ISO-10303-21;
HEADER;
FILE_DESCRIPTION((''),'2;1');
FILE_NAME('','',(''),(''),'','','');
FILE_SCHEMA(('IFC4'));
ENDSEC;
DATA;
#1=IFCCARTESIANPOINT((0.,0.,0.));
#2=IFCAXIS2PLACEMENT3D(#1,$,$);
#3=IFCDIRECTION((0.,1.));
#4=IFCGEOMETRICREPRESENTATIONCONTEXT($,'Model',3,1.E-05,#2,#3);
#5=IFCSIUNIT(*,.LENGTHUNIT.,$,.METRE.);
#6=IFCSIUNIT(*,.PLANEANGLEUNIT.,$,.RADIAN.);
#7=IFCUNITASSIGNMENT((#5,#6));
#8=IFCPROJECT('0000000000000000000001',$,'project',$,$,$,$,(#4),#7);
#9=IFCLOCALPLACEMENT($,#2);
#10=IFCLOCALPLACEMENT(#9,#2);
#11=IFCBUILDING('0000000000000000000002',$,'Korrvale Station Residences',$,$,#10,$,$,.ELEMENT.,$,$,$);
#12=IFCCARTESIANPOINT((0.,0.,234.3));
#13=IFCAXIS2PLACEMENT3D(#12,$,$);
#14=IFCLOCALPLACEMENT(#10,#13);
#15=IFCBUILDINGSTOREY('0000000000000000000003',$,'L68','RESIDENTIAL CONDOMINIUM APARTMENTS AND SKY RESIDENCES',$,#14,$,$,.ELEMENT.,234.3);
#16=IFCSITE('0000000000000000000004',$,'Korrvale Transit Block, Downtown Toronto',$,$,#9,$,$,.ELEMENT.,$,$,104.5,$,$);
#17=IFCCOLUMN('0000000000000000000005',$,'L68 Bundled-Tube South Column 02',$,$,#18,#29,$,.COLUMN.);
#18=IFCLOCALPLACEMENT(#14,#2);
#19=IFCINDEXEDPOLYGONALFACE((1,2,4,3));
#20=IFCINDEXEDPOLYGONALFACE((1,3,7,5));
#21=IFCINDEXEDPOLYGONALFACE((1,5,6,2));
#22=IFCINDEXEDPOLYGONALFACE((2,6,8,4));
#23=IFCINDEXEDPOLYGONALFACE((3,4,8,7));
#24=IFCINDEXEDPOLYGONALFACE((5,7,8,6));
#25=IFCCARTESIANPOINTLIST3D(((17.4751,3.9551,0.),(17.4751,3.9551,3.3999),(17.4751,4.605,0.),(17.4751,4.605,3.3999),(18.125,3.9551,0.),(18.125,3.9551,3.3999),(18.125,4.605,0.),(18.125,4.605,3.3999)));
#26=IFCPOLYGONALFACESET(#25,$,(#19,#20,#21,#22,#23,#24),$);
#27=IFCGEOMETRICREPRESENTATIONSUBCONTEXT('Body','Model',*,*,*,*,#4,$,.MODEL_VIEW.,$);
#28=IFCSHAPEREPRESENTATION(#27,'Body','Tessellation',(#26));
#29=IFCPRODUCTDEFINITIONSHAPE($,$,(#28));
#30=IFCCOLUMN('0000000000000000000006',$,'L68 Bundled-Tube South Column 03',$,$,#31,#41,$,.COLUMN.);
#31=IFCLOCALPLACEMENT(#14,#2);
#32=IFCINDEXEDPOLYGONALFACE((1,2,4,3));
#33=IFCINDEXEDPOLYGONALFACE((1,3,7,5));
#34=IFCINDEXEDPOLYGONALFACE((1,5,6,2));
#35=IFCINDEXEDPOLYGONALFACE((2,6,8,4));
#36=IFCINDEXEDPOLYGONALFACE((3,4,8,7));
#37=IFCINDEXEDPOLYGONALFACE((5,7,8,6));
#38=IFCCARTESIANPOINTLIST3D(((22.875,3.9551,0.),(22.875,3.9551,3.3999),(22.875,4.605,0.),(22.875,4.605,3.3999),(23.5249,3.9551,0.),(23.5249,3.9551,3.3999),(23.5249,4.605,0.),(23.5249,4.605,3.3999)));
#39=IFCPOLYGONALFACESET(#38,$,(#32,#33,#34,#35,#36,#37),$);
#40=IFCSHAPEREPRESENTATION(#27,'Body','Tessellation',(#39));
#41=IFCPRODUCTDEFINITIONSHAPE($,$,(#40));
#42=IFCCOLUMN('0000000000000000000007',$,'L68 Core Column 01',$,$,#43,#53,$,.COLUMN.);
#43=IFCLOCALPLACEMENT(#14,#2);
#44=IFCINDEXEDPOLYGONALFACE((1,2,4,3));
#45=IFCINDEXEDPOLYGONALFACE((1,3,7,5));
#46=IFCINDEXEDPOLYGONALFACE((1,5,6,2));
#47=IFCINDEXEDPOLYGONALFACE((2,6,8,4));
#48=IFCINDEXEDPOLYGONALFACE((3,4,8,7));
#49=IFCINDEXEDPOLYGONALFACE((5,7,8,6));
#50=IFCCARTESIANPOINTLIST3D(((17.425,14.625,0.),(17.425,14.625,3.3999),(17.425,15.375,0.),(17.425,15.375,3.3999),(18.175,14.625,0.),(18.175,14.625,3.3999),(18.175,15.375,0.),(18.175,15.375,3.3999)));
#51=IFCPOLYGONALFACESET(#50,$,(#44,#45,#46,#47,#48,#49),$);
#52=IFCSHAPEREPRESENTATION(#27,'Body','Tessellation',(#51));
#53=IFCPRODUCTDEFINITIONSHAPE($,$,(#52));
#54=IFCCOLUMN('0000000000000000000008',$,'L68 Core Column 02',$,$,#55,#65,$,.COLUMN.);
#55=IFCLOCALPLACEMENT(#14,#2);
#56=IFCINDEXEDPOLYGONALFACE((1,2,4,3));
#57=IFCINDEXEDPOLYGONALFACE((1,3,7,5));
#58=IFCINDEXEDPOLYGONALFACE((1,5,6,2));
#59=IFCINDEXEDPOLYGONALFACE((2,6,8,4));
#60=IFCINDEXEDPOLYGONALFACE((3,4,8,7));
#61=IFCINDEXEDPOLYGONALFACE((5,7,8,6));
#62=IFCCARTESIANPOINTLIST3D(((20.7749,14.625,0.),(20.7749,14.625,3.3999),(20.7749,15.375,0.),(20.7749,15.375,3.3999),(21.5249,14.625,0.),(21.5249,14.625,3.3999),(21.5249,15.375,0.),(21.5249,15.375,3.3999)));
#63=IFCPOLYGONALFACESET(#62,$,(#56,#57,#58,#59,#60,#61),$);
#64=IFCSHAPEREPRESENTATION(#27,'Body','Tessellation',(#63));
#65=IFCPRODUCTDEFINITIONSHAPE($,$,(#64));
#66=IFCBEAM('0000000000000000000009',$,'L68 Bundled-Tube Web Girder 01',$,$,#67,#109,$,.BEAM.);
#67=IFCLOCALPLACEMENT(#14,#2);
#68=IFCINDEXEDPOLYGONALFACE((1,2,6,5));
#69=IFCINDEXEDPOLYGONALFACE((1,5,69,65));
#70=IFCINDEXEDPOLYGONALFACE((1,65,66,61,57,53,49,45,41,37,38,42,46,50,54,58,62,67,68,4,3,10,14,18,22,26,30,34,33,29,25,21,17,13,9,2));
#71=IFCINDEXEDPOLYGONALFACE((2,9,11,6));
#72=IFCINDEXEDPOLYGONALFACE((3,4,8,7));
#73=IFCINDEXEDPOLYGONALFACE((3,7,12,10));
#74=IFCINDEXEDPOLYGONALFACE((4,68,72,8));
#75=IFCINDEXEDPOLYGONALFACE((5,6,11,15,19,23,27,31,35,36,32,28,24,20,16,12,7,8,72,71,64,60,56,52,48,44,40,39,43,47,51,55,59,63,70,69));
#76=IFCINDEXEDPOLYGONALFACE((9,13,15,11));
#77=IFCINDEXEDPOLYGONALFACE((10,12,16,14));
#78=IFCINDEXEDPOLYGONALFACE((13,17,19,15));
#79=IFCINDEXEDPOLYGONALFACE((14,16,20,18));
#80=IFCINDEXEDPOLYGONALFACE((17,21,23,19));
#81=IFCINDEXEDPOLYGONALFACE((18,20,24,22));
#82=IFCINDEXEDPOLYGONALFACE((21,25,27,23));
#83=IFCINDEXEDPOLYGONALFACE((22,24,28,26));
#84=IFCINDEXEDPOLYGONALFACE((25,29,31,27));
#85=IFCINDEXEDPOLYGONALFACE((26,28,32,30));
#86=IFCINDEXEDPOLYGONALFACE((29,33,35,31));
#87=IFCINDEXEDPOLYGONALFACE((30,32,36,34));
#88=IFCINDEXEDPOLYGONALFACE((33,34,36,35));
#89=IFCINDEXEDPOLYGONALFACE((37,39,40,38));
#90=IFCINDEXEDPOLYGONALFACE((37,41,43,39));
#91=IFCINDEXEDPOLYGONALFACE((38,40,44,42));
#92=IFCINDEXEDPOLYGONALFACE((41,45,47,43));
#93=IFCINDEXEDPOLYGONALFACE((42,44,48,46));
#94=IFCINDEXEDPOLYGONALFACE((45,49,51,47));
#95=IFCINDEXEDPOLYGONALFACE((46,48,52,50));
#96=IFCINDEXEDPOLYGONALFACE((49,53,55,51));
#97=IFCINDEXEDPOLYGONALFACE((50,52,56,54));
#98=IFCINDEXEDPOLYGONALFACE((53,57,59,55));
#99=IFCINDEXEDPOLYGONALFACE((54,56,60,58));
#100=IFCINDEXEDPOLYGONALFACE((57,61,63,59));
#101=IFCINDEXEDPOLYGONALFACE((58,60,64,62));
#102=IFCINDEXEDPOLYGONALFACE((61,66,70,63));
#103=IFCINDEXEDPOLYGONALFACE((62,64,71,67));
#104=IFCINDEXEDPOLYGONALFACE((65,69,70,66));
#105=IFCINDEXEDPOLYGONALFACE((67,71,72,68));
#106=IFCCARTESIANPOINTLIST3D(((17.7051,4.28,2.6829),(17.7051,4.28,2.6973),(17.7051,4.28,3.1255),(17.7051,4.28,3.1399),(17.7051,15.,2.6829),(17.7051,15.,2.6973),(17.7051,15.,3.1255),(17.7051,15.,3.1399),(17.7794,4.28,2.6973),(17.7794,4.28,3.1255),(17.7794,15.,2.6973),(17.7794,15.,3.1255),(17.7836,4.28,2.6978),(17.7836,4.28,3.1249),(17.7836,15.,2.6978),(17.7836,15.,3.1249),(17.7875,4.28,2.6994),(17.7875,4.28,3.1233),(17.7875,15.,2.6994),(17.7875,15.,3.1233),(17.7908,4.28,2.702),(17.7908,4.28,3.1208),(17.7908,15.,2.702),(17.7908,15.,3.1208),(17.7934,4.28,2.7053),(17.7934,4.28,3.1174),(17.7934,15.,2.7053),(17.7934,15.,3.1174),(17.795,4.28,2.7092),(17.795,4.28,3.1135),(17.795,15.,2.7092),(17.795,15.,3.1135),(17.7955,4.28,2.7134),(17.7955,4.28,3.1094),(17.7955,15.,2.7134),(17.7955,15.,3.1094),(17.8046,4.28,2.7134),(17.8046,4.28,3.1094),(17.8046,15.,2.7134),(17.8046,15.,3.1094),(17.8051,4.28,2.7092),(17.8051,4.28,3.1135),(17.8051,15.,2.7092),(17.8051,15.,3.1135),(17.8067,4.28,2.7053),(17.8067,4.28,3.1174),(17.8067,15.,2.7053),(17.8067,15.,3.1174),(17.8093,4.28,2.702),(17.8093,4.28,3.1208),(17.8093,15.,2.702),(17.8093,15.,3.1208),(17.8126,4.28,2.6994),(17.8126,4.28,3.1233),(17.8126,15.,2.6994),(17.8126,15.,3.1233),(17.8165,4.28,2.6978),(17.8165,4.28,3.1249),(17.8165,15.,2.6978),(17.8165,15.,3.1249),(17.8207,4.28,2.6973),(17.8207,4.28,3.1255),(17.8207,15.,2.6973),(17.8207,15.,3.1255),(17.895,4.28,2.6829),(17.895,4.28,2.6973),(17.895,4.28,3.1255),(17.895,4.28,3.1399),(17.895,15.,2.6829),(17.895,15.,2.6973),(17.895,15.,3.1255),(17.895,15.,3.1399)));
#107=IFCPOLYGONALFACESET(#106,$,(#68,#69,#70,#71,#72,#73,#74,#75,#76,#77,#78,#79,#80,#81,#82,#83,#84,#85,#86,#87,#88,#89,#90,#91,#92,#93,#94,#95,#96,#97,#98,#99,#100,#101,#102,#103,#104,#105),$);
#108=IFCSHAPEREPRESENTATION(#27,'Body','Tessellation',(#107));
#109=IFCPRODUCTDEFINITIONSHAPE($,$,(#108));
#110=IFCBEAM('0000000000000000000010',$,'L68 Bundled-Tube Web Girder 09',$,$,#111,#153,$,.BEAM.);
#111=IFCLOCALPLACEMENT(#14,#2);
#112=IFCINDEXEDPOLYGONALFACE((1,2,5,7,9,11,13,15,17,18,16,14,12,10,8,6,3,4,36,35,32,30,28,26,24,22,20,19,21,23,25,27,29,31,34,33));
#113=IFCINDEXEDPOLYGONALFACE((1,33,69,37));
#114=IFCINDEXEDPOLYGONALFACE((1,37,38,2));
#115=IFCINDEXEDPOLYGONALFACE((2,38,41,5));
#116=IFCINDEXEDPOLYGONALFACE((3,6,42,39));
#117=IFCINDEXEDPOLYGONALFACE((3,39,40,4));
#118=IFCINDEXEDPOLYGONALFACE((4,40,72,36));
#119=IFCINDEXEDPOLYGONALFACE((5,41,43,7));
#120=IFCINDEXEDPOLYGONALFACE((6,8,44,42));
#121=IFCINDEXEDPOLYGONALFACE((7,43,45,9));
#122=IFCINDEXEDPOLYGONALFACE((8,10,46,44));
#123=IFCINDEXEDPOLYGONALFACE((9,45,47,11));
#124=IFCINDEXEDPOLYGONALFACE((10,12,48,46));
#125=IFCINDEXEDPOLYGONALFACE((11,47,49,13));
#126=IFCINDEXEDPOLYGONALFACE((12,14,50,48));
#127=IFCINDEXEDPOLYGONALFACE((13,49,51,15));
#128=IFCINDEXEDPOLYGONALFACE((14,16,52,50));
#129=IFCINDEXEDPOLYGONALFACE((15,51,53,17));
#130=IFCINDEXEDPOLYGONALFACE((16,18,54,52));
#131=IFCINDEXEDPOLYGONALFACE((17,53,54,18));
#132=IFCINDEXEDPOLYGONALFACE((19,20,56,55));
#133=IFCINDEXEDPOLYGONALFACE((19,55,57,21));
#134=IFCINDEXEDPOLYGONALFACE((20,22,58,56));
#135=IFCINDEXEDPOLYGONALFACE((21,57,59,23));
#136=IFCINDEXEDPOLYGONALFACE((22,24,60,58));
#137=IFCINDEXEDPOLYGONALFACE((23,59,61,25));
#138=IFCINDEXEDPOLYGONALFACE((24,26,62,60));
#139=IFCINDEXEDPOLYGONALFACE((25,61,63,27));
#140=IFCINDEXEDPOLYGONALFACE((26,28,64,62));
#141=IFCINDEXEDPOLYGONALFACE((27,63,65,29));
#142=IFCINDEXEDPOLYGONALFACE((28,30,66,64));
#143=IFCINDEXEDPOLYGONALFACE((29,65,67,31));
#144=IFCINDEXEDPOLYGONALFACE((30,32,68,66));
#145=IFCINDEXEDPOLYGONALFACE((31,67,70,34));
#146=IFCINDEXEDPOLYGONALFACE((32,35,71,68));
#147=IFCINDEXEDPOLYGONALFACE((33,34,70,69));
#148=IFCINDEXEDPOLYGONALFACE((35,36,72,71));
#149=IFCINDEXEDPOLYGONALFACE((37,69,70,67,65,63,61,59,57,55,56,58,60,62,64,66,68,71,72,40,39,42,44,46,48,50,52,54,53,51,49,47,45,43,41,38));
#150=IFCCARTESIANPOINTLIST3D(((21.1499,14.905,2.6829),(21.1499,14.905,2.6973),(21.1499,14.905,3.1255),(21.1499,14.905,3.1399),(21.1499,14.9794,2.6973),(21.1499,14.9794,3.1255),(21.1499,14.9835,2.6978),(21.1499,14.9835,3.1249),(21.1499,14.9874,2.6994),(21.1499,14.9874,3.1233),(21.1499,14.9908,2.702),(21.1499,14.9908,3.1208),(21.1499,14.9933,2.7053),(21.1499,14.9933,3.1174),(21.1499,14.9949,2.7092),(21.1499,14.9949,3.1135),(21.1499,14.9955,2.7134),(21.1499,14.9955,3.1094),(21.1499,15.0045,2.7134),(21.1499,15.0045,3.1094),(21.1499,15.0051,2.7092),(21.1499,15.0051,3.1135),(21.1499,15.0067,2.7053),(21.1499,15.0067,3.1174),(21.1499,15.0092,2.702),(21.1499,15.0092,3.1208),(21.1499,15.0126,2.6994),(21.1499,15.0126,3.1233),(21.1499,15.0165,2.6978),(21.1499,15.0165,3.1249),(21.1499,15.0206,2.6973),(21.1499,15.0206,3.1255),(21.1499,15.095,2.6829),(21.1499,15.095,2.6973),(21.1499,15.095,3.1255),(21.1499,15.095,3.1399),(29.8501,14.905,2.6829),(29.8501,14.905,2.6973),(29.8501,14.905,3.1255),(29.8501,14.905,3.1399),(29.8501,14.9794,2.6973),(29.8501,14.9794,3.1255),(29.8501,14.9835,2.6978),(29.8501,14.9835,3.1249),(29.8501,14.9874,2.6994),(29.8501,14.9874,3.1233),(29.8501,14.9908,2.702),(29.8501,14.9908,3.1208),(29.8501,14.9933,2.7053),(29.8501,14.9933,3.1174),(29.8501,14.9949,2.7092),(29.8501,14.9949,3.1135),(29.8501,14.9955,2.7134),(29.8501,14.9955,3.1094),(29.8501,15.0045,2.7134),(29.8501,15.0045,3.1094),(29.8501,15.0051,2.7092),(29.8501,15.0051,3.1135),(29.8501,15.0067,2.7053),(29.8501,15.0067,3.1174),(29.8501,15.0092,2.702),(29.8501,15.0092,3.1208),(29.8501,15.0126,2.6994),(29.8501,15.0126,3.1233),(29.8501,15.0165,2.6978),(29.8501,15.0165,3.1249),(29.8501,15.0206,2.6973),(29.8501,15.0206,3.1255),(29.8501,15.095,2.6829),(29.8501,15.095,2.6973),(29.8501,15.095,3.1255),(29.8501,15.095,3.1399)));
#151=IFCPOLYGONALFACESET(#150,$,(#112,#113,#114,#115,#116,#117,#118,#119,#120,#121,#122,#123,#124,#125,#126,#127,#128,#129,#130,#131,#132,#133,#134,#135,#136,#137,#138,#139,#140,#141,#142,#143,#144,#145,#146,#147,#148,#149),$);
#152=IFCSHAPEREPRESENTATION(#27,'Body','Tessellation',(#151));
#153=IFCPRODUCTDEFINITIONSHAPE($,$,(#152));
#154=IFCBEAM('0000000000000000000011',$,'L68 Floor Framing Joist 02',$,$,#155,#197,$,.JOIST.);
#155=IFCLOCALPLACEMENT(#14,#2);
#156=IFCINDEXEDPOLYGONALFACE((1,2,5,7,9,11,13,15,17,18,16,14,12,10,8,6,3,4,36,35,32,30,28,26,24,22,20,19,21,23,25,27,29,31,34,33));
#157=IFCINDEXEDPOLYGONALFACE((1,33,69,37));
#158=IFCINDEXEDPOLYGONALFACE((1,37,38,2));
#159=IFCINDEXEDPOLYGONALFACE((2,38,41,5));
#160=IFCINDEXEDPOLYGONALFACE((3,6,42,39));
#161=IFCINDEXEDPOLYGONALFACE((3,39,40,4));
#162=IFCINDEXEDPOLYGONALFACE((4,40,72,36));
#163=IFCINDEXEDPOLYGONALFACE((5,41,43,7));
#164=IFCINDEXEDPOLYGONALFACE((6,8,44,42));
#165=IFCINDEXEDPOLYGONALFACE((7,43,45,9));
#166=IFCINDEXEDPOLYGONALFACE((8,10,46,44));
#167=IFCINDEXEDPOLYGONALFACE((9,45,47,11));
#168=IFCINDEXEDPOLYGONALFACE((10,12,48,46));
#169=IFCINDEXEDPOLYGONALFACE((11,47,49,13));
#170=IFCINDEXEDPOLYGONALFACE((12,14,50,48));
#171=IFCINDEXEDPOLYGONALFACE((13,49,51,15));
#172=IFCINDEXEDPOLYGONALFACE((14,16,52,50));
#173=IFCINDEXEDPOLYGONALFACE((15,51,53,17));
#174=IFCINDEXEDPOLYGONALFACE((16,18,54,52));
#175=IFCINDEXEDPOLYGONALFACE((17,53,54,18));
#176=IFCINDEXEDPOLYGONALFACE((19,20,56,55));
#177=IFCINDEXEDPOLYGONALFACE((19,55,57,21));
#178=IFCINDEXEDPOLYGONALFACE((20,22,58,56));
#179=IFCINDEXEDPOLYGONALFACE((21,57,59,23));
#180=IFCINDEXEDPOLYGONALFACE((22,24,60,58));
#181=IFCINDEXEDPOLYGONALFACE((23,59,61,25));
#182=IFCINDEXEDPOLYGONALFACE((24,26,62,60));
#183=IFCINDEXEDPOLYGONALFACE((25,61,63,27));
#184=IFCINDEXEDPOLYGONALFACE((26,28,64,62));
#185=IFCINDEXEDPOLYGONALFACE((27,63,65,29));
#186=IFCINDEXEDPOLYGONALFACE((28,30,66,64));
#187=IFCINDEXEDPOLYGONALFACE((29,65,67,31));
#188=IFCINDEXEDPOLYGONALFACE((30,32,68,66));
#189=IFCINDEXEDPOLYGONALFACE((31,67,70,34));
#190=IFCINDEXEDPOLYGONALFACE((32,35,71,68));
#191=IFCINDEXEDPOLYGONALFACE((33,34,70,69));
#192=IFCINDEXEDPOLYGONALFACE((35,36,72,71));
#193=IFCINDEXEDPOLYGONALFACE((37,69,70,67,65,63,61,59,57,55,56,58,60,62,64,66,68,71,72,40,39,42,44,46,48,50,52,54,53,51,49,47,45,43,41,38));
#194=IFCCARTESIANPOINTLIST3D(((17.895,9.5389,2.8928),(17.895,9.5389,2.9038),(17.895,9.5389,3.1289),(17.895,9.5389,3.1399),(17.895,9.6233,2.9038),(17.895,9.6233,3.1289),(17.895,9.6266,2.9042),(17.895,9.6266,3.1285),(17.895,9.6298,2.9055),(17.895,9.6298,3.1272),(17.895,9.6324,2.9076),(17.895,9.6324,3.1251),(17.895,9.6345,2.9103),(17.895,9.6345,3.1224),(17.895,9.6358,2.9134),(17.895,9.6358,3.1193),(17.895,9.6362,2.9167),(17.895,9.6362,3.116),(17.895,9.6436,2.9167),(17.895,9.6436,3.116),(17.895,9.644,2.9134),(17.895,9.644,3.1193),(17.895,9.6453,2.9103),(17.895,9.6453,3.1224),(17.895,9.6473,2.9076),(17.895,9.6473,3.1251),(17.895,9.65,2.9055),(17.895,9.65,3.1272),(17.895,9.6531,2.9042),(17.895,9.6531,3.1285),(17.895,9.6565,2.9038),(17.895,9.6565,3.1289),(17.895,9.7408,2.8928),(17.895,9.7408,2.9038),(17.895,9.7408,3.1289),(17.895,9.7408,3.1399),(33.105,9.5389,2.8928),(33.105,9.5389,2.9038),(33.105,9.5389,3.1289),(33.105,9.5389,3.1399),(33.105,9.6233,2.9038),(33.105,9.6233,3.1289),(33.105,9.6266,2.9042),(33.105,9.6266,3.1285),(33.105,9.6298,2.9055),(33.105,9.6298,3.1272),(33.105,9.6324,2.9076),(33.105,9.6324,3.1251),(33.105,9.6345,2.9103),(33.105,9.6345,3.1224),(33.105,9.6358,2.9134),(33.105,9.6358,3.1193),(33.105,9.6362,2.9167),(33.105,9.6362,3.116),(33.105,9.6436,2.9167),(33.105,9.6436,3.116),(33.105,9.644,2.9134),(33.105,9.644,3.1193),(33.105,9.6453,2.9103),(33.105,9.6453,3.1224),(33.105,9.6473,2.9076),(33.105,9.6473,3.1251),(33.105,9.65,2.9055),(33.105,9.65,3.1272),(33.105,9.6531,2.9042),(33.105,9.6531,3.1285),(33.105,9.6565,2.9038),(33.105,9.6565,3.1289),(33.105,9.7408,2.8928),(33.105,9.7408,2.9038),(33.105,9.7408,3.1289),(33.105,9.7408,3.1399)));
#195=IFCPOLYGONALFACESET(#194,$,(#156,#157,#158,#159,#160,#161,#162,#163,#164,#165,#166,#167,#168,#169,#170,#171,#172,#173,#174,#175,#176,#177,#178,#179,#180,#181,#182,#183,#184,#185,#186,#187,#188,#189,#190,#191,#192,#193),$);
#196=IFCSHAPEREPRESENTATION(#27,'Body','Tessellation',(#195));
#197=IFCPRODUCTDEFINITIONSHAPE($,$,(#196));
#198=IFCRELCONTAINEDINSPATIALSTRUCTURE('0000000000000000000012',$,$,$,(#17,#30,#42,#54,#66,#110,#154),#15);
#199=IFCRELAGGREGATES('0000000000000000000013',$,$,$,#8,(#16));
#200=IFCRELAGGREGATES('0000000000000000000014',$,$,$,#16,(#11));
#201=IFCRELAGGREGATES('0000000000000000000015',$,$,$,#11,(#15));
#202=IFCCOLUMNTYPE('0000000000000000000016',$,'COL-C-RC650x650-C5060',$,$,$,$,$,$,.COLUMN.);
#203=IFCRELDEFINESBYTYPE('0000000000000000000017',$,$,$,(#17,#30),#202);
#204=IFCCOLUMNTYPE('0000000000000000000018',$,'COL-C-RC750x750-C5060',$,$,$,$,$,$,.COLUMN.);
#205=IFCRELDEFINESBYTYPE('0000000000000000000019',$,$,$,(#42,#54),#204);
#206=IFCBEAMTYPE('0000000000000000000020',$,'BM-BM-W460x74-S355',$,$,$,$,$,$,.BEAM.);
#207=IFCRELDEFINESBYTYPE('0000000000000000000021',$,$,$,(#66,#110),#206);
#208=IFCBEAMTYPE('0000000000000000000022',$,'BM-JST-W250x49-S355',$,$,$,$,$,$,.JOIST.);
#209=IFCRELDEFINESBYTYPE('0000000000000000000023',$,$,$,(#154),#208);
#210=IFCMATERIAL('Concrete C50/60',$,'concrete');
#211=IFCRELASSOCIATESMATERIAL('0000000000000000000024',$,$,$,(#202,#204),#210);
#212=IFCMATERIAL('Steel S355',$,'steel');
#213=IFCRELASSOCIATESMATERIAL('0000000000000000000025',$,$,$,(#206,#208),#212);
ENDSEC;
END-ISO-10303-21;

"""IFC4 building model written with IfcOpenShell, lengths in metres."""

from ifc_helpers import new_model, si_unit, direction, frame, origin, origin_2d, place, context, subcontext, project, spatial, rectangle, i_section, extrude, material, material_profile, profile_set, type_object, element, save


model = new_model("IFC4")

# Units and contexts
model_context = context("Model", 3, precision=1e-05, world=origin(), true_north=direction((0.0, 1.0)))
body_context = subcontext(model_context, "Body", "Model", "MODEL_VIEW")
ifc_project = project(units=[si_unit("LENGTHUNIT", "METRE"), si_unit("PLANEANGLEUNIT", "RADIAN")], contexts=[model_context])

# Site, building, storey
site_placement = place(None, origin())
site = spatial("IfcSite", under=ifc_project, at=site_placement, Name="Korrvale Transit Block, Downtown Toronto", CompositionType="ELEMENT", RefElevation=104.5)
building_placement = place(site_placement, origin())
building = spatial("IfcBuilding", under=site, at=building_placement, Name="Korrvale Station Residences", CompositionType="ELEMENT")
storey_placement = place(building_placement, frame((0.0, 0.0, 234.3)))
storey = spatial("IfcBuildingStorey", under=building, at=storey_placement, Name="L68", Description="RESIDENTIAL CONDOMINIUM APARTMENTS AND SKY RESIDENCES", CompositionType="ELEMENT", Elevation=234.3)

# Columns
ifc_material_1 = material(Name="Concrete C50/60", Category="concrete")
ifc_material_profile_1 = material_profile(ifc_material_1, rectangle(XDim=0.6499, YDim=0.6499, at=origin_2d()), Name="RC650x650")
ifc_profile_set_1 = profile_set([ifc_material_profile_1], Name="Concrete C50/60")
column_type_1 = type_object("IfcColumnType", Name="COL-C-RC650x650-C5060", PredefinedType="COLUMN", material=ifc_profile_set_1)
for number, where, z_axis, x_axis, name in (
    (1, (17.8, 4.28, 0.0), (0.0, 0.0, 1.0), (1.0, 0.0, 0.0), "L68 Bundled-Tube South Column 02"),
    (2, (23.2, 4.28, 0.0), (0.0, 0.0, 1.0), (1.0, 0.0, 0.0), "L68 Bundled-Tube South Column 03"),
):
    element("IfcColumn", number, at=place(storey_placement, frame(where, z_axis=z_axis, x_axis=x_axis)), inside=storey, type_object=column_type_1, Name=name, PredefinedType="COLUMN", context=body_context, shape_type="SweptSolid", body=[
        extrude(rectangle(XDim=0.6499, YDim=0.6499, at=origin_2d()), origin(), (0.0, 0.0, 1.0), 3.3999),
    ])
ifc_material_profile_2 = material_profile(ifc_material_1, rectangle(XDim=0.75, YDim=0.75, at=origin_2d()), Name="RC750x750")
ifc_profile_set_2 = profile_set([ifc_material_profile_2], Name="Concrete C50/60")
column_type_2 = type_object("IfcColumnType", Name="COL-C-RC750x750-C5060", PredefinedType="COLUMN", material=ifc_profile_set_2)
for number, where, z_axis, x_axis, name in (
    (3, (17.8, 15.0, 0.0), (0.0, 0.0, 1.0), (1.0, 0.0, 0.0), "L68 Core Column 01"),
    (4, (21.1499, 15.0, 0.0), (0.0, 0.0, 1.0), (1.0, 0.0, 0.0), "L68 Core Column 02"),
):
    element("IfcColumn", number, at=place(storey_placement, frame(where, z_axis=z_axis, x_axis=x_axis)), inside=storey, type_object=column_type_2, Name=name, PredefinedType="COLUMN", context=body_context, shape_type="SweptSolid", body=[
        extrude(rectangle(XDim=0.75, YDim=0.75, at=origin_2d()), origin(), (0.0, 0.0, 1.0), 3.3999),
    ])

# Beams
ifc_material_2 = material(Name="Steel S355", Category="steel")
ifc_material_profile_3 = material_profile(ifc_material_2, i_section(OverallWidth=0.1899, OverallDepth=0.457, WebThickness=0.009, FlangeThickness=0.0144, FilletRadius=0.0161, at=origin_2d()), Name="W460x74")
ifc_profile_set_3 = profile_set([ifc_material_profile_3], Name="Steel S355")
beam_type_1 = type_object("IfcBeamType", Name="BM-BM-W460x74-S355", PredefinedType="BEAM", material=ifc_profile_set_3)
beam_1_placement = place(storey_placement, frame((17.8, 4.28, 2.9114), z_axis=(0.0, 1.0, 0.0), x_axis=(-1.0, 0.0, 0.0)))
element("IfcBeam", 5, at=beam_1_placement, inside=storey, type_object=beam_type_1, Name="L68 Bundled-Tube Web Girder 01", PredefinedType="BEAM", context=body_context, shape_type="SweptSolid", body=[
    extrude(i_section(OverallWidth=0.1899, OverallDepth=0.457, WebThickness=0.009, FlangeThickness=0.0144, FilletRadius=0.0161, at=origin_2d()), origin(), (0.0, 0.0, 1.0), 10.72),
])
beam_2_placement = place(storey_placement, frame((21.1499, 15.0, 2.9114), z_axis=(1.0, 0.0, 0.0), x_axis=(0.0, 1.0, 0.0)))
element("IfcBeam", 6, at=beam_2_placement, inside=storey, type_object=beam_type_1, Name="L68 Bundled-Tube Web Girder 09", PredefinedType="BEAM", context=body_context, shape_type="SweptSolid", body=[
    extrude(i_section(OverallWidth=0.1899, OverallDepth=0.457, WebThickness=0.009, FlangeThickness=0.0144, FilletRadius=0.0161, at=origin_2d()), origin(), (0.0, 0.0, 1.0), 8.7002),
])
ifc_material_profile_4 = material_profile(ifc_material_2, i_section(OverallWidth=0.2019, OverallDepth=0.2471, WebThickness=0.0073, FlangeThickness=0.011, FilletRadius=0.0129, at=origin_2d()), Name="W250x49")
ifc_profile_set_4 = profile_set([ifc_material_profile_4], Name="Steel S355")
beam_type_2 = type_object("IfcBeamType", Name="BM-JST-W250x49-S355", PredefinedType="JOIST", material=ifc_profile_set_4)
beam_3_placement = place(storey_placement, frame((17.895, 9.6399, 3.0164), z_axis=(1.0, 0.0, 0.0), x_axis=(0.0, 1.0, 0.0)))
element("IfcBeam", 7, at=beam_3_placement, inside=storey, type_object=beam_type_2, Name="L68 Floor Framing Joist 02", PredefinedType="JOIST", context=body_context, shape_type="SweptSolid", body=[
    extrude(i_section(OverallWidth=0.2019, OverallDepth=0.2471, WebThickness=0.0073, FlangeThickness=0.011, FilletRadius=0.0129, at=origin_2d()), origin(), (0.0, 0.0, 1.0), 15.21),
])

save(model, "model.ifc")
